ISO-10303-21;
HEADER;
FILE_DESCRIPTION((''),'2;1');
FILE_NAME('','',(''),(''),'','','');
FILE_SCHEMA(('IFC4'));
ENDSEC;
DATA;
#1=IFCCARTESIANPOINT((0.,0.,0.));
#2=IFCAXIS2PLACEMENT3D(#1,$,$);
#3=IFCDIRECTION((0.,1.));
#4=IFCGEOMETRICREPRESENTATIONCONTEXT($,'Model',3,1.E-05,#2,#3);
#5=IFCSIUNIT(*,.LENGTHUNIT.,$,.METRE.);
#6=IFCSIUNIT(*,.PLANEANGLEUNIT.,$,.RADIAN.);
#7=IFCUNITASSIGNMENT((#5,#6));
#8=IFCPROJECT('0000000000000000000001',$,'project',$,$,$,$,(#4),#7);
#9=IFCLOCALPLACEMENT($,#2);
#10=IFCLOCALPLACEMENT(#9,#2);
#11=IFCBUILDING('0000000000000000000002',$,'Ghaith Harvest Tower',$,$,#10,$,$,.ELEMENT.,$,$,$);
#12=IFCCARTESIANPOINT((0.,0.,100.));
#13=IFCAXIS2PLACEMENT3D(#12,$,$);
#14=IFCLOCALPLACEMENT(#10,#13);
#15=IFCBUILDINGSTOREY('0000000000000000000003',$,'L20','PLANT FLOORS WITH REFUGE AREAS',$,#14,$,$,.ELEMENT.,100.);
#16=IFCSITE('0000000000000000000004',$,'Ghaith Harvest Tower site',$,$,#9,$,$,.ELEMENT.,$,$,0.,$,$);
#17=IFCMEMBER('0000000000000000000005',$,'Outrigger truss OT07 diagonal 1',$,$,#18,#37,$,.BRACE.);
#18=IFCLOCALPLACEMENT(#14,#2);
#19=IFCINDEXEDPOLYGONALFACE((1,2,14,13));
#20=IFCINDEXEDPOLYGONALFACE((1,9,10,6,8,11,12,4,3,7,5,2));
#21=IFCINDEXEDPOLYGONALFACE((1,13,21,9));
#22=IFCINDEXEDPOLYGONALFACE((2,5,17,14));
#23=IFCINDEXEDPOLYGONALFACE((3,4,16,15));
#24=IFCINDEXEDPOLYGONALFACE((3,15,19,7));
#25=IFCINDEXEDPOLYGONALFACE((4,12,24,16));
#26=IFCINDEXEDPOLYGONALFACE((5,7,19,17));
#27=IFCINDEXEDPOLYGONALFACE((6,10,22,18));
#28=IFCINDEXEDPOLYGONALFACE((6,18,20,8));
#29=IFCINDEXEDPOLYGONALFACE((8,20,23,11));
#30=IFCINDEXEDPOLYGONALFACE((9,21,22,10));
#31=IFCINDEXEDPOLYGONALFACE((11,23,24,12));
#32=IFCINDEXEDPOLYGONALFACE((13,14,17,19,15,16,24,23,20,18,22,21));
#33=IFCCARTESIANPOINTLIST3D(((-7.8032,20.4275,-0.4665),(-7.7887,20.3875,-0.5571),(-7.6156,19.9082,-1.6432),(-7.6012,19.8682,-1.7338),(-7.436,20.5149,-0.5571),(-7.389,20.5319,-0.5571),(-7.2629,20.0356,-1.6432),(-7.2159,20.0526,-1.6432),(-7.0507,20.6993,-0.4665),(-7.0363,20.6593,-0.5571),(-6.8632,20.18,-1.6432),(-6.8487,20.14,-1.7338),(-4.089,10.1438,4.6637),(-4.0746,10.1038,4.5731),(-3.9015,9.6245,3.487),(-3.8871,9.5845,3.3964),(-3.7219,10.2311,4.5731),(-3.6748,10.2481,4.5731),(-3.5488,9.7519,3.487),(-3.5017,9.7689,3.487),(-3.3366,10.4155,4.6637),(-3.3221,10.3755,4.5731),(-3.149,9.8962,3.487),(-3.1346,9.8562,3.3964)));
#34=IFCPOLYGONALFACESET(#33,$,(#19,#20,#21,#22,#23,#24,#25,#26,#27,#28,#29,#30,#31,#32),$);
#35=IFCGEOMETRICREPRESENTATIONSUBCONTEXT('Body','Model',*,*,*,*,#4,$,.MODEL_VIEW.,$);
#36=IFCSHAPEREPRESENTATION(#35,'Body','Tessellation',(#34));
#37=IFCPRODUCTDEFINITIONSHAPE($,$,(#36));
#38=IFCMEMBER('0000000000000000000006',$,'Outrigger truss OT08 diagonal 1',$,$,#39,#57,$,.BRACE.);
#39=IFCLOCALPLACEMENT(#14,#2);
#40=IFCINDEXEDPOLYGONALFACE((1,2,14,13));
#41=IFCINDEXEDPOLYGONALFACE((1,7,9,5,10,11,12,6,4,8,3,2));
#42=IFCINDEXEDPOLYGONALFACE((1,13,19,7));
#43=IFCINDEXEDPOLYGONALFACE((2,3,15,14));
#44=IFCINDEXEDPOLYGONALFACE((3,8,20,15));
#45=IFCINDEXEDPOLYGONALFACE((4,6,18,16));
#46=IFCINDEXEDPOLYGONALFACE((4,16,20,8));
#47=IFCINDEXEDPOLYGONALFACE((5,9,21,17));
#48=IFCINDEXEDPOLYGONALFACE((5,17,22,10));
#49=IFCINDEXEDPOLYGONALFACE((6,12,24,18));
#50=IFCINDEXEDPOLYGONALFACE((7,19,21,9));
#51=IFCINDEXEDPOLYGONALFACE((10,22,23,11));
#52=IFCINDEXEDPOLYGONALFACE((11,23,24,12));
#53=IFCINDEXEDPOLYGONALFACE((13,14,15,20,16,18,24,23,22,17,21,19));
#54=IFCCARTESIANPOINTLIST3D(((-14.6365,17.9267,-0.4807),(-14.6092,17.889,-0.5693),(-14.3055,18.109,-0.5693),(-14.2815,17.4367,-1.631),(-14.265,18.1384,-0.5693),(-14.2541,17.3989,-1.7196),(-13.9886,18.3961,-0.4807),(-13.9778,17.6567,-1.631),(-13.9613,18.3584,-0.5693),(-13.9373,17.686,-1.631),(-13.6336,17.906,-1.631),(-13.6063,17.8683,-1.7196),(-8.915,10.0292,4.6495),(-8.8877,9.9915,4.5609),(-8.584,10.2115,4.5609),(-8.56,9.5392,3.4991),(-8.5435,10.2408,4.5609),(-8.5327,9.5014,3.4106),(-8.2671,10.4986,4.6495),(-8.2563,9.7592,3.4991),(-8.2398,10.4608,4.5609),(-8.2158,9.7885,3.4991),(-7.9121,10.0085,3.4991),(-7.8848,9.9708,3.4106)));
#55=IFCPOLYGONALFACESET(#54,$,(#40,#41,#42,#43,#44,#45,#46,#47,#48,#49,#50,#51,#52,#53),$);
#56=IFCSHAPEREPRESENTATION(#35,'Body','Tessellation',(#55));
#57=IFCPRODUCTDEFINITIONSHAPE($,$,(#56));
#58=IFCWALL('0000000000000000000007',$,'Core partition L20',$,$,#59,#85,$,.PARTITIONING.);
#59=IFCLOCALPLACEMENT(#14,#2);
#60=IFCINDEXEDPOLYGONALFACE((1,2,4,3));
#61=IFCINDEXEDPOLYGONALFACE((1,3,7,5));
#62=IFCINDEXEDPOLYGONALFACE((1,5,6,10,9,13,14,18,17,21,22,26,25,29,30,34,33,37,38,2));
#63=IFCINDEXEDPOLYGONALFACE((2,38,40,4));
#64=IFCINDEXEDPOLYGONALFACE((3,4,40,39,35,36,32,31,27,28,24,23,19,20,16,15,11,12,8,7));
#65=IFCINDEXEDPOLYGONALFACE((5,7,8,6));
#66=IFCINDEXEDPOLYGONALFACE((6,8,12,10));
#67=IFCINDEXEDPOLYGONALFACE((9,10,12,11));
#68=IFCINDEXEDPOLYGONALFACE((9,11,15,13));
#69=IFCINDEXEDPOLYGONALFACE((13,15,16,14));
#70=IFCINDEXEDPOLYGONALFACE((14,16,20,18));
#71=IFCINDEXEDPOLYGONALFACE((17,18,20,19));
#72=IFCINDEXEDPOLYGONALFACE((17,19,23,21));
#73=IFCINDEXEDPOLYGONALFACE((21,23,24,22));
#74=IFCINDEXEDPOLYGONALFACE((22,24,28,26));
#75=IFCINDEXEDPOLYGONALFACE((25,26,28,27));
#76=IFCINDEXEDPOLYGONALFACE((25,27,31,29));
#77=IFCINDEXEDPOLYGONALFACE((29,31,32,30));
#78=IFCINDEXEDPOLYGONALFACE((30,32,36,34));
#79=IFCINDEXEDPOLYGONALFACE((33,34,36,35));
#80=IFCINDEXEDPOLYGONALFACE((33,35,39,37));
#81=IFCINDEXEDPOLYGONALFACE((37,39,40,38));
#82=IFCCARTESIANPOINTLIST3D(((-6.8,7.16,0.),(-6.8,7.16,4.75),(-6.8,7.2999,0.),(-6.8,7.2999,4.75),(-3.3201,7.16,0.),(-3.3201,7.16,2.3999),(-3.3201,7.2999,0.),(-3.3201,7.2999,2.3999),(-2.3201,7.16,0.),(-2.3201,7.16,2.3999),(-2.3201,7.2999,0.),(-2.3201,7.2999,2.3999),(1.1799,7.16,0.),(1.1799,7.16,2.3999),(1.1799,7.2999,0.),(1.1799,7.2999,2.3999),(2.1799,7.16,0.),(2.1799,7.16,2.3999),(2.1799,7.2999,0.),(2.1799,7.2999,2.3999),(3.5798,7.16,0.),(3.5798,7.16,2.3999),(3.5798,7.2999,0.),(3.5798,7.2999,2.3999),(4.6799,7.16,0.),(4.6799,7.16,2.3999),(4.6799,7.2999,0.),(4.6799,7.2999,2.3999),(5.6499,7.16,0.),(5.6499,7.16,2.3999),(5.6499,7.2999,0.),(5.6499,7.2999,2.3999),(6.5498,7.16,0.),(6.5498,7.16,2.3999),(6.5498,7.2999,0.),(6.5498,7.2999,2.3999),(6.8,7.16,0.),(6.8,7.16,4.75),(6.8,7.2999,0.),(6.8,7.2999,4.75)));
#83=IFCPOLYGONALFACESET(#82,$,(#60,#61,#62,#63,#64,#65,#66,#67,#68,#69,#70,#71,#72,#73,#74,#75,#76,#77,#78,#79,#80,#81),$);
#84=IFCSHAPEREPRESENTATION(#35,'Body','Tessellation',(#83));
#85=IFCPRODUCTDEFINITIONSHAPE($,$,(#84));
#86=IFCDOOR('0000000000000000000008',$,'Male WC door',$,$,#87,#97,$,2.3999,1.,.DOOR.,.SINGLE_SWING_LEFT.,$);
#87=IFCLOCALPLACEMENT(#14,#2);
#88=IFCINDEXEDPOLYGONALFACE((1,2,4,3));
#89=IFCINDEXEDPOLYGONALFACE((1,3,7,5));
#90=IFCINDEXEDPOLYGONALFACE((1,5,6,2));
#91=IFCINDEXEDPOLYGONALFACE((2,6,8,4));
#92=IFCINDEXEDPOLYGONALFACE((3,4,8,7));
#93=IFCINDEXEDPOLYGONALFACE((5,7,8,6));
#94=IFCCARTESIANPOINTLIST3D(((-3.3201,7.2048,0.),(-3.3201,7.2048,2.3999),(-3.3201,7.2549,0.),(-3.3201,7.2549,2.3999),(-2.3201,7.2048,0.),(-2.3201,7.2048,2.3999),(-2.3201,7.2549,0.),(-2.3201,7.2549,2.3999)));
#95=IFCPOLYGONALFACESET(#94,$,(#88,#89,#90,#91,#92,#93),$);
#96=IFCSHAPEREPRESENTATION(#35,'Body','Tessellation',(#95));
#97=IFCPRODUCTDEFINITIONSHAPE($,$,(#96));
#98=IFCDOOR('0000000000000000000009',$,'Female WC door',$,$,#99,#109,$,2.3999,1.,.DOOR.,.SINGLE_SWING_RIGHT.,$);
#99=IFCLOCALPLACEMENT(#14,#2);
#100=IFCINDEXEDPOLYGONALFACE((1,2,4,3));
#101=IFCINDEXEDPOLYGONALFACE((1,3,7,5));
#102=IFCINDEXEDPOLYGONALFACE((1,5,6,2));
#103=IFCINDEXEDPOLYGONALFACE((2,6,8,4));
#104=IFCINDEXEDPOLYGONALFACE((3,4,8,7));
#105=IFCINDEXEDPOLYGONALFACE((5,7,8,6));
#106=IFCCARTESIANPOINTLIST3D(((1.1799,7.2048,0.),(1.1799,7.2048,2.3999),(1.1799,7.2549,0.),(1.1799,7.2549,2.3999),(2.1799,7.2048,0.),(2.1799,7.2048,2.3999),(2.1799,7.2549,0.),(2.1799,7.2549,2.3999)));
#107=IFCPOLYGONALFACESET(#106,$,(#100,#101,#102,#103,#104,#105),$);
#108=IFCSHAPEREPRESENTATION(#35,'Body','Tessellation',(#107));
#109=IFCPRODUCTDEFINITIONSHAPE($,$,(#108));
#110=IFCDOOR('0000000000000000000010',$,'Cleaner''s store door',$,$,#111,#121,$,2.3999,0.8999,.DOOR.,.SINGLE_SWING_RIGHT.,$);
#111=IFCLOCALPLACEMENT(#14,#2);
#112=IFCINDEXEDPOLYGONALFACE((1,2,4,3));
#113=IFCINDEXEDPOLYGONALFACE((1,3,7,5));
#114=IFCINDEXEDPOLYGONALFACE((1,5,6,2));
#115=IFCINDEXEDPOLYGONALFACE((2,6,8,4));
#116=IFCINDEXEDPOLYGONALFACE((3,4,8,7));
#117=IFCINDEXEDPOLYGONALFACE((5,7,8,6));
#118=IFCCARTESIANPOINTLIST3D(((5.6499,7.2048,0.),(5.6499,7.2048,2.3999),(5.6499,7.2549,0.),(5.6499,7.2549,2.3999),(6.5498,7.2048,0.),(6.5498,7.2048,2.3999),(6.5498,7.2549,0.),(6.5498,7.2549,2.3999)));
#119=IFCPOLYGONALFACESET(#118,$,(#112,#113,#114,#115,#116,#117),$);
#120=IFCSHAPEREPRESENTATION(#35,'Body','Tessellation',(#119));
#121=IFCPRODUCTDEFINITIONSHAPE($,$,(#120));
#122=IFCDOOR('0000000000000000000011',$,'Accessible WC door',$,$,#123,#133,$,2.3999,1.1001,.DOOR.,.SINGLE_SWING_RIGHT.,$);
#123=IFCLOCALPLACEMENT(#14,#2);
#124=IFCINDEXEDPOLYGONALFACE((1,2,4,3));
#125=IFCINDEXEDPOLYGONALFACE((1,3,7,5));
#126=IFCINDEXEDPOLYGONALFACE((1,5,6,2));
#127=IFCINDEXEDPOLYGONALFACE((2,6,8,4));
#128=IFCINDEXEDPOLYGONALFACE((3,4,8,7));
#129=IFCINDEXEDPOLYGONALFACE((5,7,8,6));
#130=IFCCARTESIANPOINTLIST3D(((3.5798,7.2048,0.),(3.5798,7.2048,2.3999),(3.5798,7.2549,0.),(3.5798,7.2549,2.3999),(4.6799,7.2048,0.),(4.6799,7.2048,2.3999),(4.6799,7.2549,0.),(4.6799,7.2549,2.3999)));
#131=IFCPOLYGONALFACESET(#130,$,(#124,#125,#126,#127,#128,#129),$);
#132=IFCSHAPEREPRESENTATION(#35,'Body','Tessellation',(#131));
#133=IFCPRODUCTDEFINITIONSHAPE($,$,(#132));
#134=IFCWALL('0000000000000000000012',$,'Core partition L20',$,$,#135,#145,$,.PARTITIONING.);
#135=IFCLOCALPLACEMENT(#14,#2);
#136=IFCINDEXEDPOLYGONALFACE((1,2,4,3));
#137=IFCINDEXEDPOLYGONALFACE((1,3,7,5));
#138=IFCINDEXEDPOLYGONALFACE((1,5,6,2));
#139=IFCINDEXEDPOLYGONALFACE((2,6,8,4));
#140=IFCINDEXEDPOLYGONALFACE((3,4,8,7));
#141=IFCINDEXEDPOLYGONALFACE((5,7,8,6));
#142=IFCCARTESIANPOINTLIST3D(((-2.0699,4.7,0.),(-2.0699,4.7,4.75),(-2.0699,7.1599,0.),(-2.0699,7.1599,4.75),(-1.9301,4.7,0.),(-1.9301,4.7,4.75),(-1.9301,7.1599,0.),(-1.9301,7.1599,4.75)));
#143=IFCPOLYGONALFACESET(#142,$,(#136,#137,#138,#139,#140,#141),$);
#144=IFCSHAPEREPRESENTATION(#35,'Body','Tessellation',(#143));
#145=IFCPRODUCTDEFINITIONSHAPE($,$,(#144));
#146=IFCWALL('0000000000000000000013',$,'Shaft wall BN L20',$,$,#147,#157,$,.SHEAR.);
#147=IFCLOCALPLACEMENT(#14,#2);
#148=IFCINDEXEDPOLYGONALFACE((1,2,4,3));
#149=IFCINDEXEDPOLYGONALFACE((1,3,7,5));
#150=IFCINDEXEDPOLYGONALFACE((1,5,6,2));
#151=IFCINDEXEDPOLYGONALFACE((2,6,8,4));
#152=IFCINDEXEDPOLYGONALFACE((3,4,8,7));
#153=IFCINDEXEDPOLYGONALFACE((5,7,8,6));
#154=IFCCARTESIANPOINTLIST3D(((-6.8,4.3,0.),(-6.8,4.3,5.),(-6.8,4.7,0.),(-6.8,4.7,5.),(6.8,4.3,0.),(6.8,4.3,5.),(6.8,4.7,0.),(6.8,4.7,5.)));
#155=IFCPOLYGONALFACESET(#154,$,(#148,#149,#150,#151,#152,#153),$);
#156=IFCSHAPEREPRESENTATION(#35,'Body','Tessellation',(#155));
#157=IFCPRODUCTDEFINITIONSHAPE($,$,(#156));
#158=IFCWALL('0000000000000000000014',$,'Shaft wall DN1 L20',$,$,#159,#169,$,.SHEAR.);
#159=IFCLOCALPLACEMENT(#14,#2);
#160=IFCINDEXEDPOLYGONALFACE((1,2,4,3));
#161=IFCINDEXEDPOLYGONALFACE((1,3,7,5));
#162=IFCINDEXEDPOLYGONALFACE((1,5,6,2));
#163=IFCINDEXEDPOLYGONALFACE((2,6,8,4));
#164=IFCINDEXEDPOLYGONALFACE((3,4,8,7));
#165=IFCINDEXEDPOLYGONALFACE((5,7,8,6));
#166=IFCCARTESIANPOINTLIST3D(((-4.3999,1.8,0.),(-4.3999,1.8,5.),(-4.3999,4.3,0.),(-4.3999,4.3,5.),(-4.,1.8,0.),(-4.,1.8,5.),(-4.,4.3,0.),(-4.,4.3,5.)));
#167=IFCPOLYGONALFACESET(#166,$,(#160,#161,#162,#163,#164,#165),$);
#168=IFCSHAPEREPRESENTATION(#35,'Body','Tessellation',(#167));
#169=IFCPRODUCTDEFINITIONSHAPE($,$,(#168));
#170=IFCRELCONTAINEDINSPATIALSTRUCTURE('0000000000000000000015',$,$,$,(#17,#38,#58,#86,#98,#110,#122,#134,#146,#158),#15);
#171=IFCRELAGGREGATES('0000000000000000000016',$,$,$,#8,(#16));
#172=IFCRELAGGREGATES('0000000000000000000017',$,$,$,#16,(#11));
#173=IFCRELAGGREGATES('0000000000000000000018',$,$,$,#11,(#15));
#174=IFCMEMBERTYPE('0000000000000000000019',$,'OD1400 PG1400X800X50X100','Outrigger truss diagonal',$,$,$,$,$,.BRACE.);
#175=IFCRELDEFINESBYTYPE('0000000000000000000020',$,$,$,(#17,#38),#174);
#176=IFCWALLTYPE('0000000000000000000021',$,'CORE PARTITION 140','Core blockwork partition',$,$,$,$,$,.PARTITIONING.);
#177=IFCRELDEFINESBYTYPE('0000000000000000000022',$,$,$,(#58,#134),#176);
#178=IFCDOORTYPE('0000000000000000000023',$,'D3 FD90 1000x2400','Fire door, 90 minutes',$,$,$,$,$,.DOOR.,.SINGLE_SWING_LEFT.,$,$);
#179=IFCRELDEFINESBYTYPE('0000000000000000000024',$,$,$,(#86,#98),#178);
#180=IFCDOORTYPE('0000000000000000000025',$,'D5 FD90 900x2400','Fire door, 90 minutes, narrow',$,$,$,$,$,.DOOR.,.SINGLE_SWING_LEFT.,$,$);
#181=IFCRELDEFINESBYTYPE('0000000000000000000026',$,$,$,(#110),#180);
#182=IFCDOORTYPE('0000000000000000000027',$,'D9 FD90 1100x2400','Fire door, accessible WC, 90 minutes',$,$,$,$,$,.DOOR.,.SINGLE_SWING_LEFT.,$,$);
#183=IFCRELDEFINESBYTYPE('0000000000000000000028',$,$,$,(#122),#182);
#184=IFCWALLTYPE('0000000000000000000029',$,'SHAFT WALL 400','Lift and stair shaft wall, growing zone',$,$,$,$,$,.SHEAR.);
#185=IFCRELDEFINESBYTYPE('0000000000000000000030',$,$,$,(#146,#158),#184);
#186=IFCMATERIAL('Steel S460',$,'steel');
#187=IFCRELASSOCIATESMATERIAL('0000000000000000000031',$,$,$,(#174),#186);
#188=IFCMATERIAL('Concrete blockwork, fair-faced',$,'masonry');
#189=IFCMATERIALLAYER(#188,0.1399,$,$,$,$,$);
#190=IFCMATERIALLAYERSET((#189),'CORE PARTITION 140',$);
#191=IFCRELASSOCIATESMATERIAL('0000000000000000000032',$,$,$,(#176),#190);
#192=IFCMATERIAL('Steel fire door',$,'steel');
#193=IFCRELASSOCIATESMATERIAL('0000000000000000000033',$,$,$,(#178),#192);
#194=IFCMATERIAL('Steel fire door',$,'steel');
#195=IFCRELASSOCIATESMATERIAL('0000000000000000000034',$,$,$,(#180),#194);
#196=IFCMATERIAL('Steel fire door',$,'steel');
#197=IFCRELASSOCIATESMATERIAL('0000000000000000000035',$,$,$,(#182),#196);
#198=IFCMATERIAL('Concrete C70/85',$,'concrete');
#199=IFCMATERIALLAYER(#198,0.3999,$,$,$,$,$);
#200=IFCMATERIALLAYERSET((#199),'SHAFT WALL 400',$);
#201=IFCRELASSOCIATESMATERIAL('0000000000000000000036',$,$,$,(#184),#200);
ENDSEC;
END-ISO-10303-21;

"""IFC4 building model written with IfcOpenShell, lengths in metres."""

from ifc_helpers import new_model, si_unit, direction, frame, frame_2d, origin, origin_2d, place, context, subcontext, project, spatial, rectangle, i_section, extrude, material, layer, layer_set, material_profile, profile_set, type_object, element, fill, save


model = new_model("IFC4")

# Units and contexts
model_context = context("Model", 3, precision=1e-05, world=origin(), true_north=direction((0.0, 1.0)))
body_context = subcontext(model_context, "Body", "Model", "MODEL_VIEW")
ifc_project = project(units=[si_unit("LENGTHUNIT", "METRE"), si_unit("PLANEANGLEUNIT", "RADIAN")], contexts=[model_context])

# Site, building, storey
site_placement = place(None, origin())
site = spatial("IfcSite", under=ifc_project, at=site_placement, Name="Ghaith Harvest Tower site", CompositionType="ELEMENT", RefElevation=0.0)
building_placement = place(site_placement, origin())
building = spatial("IfcBuilding", under=site, at=building_placement, Name="Ghaith Harvest Tower", CompositionType="ELEMENT")
storey_placement = place(building_placement, frame((0.0, 0.0, 100.0)))
storey = spatial("IfcBuildingStorey", under=building, at=storey_placement, Name="L20", Description="PLANT FLOORS WITH REFUGE AREAS", CompositionType="ELEMENT", Elevation=100.0)

# Members
ifc_material_1 = material(Name="Steel S460", Category="steel")
ifc_material_profile_1 = material_profile(ifc_material_1, i_section(OverallWidth=0.8, OverallDepth=1.3999, WebThickness=0.05, FlangeThickness=0.1001, at=origin_2d()), Name="PG1400X800X50X100")
ifc_profile_set_1 = profile_set([ifc_material_profile_1], Name="Steel S460")
member_type_1 = type_object("IfcMemberType", Name="OD1400 PG1400X800X50X100", Description="Outrigger truss diagonal", PredefinedType="BRACE", material=ifc_profile_set_1)
member_1_placement = place(storey_placement, frame((-3.6118, 10.0, 4.03), z_axis=(-0.307522, 0.851472, -0.424766), x_axis=(-0.940538, -0.339689, 0.0)))
element("IfcMember", 1, at=member_1_placement, inside=storey, type_object=member_type_1, Name="Outrigger truss OT07 diagonal 1", PredefinedType="BRACE", context=body_context, shape_type="SweptSolid", body=[
    extrude(i_section(OverallWidth=0.8, OverallDepth=1.3999, WebThickness=0.05, FlangeThickness=0.1001, at=origin_2d()), origin(), (0.0, 0.0, 1.0), 12.0776),
])
member_2_placement = place(storey_placement, frame((-8.3999, 10.0, 4.03), z_axis=(-0.519224, 0.7167, -0.465562), x_axis=(-0.809816, -0.586684, 0.0)))
element("IfcMember", 2, at=member_2_placement, inside=storey, type_object=member_type_1, Name="Outrigger truss OT08 diagonal 1", PredefinedType="BRACE", context=body_context, shape_type="SweptSolid", body=[
    extrude(i_section(OverallWidth=0.8, OverallDepth=1.3999, WebThickness=0.05, FlangeThickness=0.1001, at=origin_2d()), origin(), (0.0, 0.0, 1.0), 11.0193),
])

# Wall, openings, doors
ifc_material_2 = material(Name="Concrete blockwork, fair-faced", Category="masonry")
ifc_layer_1 = layer(ifc_material_2, 0.1399)
ifc_layer_set_1 = layer_set([ifc_layer_1], Name="CORE PARTITION 140")
wall_type_1 = type_object("IfcWallType", Name="CORE PARTITION 140", Description="Core blockwork partition", PredefinedType="PARTITIONING", material=ifc_layer_set_1)
wall_1_placement = place(storey_placement, frame((-6.8, 7.23, 0.0), z_axis=(0.0, 0.0, 1.0), x_axis=(1.0, 0.0, 0.0)))
wall_1 = element("IfcWall", 3, at=wall_1_placement, inside=storey, type_object=wall_type_1, Name="Core partition L20", PredefinedType="PARTITIONING", context=body_context, shape_type="SweptSolid", body=[
    extrude(rectangle(XDim=13.6001, YDim=0.1399, at=frame_2d((6.8, 0.0))), origin(), (0.0, 0.0, 1.0), 4.75),
])
opening_1_placement = place(wall_1_placement, frame((3.48, 0.0, 0.0)))
opening_1 = element("IfcOpeningElement", 4, at=opening_1_placement, cuts=wall_1, PredefinedType="OPENING", context=body_context, shape_type="SweptSolid", body=[
    extrude(rectangle(XDim=1.0, YDim=2.3999, at=frame_2d((0.5, 1.2))), frame((0.0, 0.0801, 0.0), z_axis=(0.0, -1.0, 0.0), x_axis=(1.0, 0.0, 0.0)), (0.0, 0.0, 1.0), 0.1599),
])
opening_2_placement = place(wall_1_placement, frame((7.98, 0.0, 0.0)))
opening_2 = element("IfcOpeningElement", 5, at=opening_2_placement, cuts=wall_1, PredefinedType="OPENING", context=body_context, shape_type="SweptSolid", body=[
    extrude(rectangle(XDim=1.0, YDim=2.3999, at=frame_2d((0.5, 1.2))), frame((0.0, 0.0801, 0.0), z_axis=(0.0, -1.0, 0.0), x_axis=(1.0, 0.0, 0.0)), (0.0, 0.0, 1.0), 0.1599),
])
opening_3_placement = place(wall_1_placement, frame((10.3799, 0.0, 0.0)))
opening_3 = element("IfcOpeningElement", 6, at=opening_3_placement, cuts=wall_1, PredefinedType="OPENING", context=body_context, shape_type="SweptSolid", body=[
    extrude(rectangle(XDim=1.1001, YDim=2.3999, at=frame_2d((0.55, 1.2))), frame((0.0, 0.0801, 0.0), z_axis=(0.0, -1.0, 0.0), x_axis=(1.0, 0.0, 0.0)), (0.0, 0.0, 1.0), 0.1599),
])
opening_4_placement = place(wall_1_placement, frame((12.45, 0.0, 0.0)))
opening_4 = element("IfcOpeningElement", 7, at=opening_4_placement, cuts=wall_1, PredefinedType="OPENING", context=body_context, shape_type="SweptSolid", body=[
    extrude(rectangle(XDim=0.8999, YDim=2.3999, at=frame_2d((0.45, 1.2))), frame((0.0, 0.0801, 0.0), z_axis=(0.0, -1.0, 0.0), x_axis=(1.0, 0.0, 0.0)), (0.0, 0.0, 1.0), 0.1599),
])
ifc_material_3 = material(Name="Steel fire door", Category="steel")
door_type_1 = type_object("IfcDoorType", Name="D3 FD90 1000x2400", Description="Fire door, 90 minutes", OperationType="SINGLE_SWING_LEFT", PredefinedType="DOOR", material=ifc_material_3)
door_1_placement = place(opening_1_placement, origin())
door_1 = element("IfcDoor", 8, at=door_1_placement, inside=storey, type_object=door_type_1, Name="Male WC door", OperationType="SINGLE_SWING_LEFT", OverallHeight=2.3999, OverallWidth=1.0, PredefinedType="DOOR", context=body_context, shape_type="SweptSolid", body=[
    extrude(rectangle(XDim=1.0, YDim=2.3999, at=frame_2d((0.5, 1.2))), frame((0.0, 0.0249, 0.0), z_axis=(0.0, -1.0, 0.0), x_axis=(1.0, 0.0, 0.0)), (0.0, 0.0, 1.0), 0.05),
])
fill(opening_1, door_1)
door_2_placement = place(opening_2_placement, origin())
door_2 = element("IfcDoor", 9, at=door_2_placement, inside=storey, type_object=door_type_1, Name="Female WC door", OperationType="SINGLE_SWING_RIGHT", OverallHeight=2.3999, OverallWidth=1.0, PredefinedType="DOOR", context=body_context, shape_type="SweptSolid", body=[
    extrude(rectangle(XDim=1.0, YDim=2.3999, at=frame_2d((0.5, 1.2))), frame((0.0, 0.0249, 0.0), z_axis=(0.0, -1.0, 0.0), x_axis=(1.0, 0.0, 0.0)), (0.0, 0.0, 1.0), 0.05),
])
fill(opening_2, door_2)
ifc_material_4 = material(Name="Steel fire door", Category="steel")
door_type_2 = type_object("IfcDoorType", Name="D5 FD90 900x2400", Description="Fire door, 90 minutes, narrow", OperationType="SINGLE_SWING_LEFT", PredefinedType="DOOR", material=ifc_material_4)
door_3_placement = place(opening_4_placement, origin())
door_3 = element("IfcDoor", 10, at=door_3_placement, inside=storey, type_object=door_type_2, Name="Cleaner's store door", OperationType="SINGLE_SWING_RIGHT", OverallHeight=2.3999, OverallWidth=0.8999, PredefinedType="DOOR", context=body_context, shape_type="SweptSolid", body=[
    extrude(rectangle(XDim=0.8999, YDim=2.3999, at=frame_2d((0.45, 1.2))), frame((0.0, 0.0249, 0.0), z_axis=(0.0, -1.0, 0.0), x_axis=(1.0, 0.0, 0.0)), (0.0, 0.0, 1.0), 0.05),
])
fill(opening_4, door_3)
ifc_material_5 = material(Name="Steel fire door", Category="steel")
door_type_3 = type_object("IfcDoorType", Name="D9 FD90 1100x2400", Description="Fire door, accessible WC, 90 minutes", OperationType="SINGLE_SWING_LEFT", PredefinedType="DOOR", material=ifc_material_5)
door_4_placement = place(opening_3_placement, origin())
door_4 = element("IfcDoor", 11, at=door_4_placement, inside=storey, type_object=door_type_3, Name="Accessible WC door", OperationType="SINGLE_SWING_RIGHT", OverallHeight=2.3999, OverallWidth=1.1001, PredefinedType="DOOR", context=body_context, shape_type="SweptSolid", body=[
    extrude(rectangle(XDim=1.1001, YDim=2.3999, at=frame_2d((0.55, 1.2))), frame((0.0, 0.0249, 0.0), z_axis=(0.0, -1.0, 0.0), x_axis=(1.0, 0.0, 0.0)), (0.0, 0.0, 1.0), 0.05),
])
fill(opening_3, door_4)

# Wall
wall_2_placement = place(storey_placement, frame((-2.0, 4.7, 0.0), z_axis=(0.0, 0.0, 1.0), x_axis=(0.0, 1.0, 0.0)))
element("IfcWall", 12, at=wall_2_placement, inside=storey, type_object=wall_type_1, Name="Core partition L20", PredefinedType="PARTITIONING", context=body_context, shape_type="SweptSolid", body=[
    extrude(rectangle(XDim=2.46, YDim=0.1399, at=frame_2d((1.23, 0.0))), origin(), (0.0, 0.0, 1.0), 4.75),
])

# Shared definitions
ifc_material_6 = material(Name="Concrete C70/85", Category="concrete")
ifc_layer_2 = layer(ifc_material_6, 0.3999)
ifc_layer_set_2 = layer_set([ifc_layer_2], Name="SHAFT WALL 400")
wall_type_2 = type_object("IfcWallType", Name="SHAFT WALL 400", Description="Lift and stair shaft wall, growing zone", PredefinedType="SHEAR", material=ifc_layer_set_2)

# Walls
wall_3_placement = place(storey_placement, frame((-6.8, 4.5, 0.0), z_axis=(0.0, 0.0, 1.0), x_axis=(1.0, 0.0, 0.0)))
element("IfcWall", 13, at=wall_3_placement, inside=storey, type_object=wall_type_2, Name="Shaft wall BN L20", PredefinedType="SHEAR", context=body_context, shape_type="SweptSolid", body=[
    extrude(rectangle(XDim=13.6001, YDim=0.3999, at=frame_2d((6.8, 0.0))), origin(), (0.0, 0.0, 1.0), 5.0),
])
for number, where, z_axis, x_axis, name in (
    (14, (-4.2, 1.8, 0.0), (0.0, 0.0, 1.0), (0.0, 1.0, 0.0), "Shaft wall DN1 L20"),
):
    element("IfcWall", number, at=place(storey_placement, frame(where, z_axis=z_axis, x_axis=x_axis)), inside=storey, type_object=wall_type_2, Name=name, PredefinedType="SHEAR", context=body_context, shape_type="SweptSolid", body=[
        extrude(rectangle(XDim=2.5, YDim=0.3999, at=frame_2d((1.25, 0.0))), origin(), (0.0, 0.0, 1.0), 5.0),
    ])

save(model, "model.ifc")
